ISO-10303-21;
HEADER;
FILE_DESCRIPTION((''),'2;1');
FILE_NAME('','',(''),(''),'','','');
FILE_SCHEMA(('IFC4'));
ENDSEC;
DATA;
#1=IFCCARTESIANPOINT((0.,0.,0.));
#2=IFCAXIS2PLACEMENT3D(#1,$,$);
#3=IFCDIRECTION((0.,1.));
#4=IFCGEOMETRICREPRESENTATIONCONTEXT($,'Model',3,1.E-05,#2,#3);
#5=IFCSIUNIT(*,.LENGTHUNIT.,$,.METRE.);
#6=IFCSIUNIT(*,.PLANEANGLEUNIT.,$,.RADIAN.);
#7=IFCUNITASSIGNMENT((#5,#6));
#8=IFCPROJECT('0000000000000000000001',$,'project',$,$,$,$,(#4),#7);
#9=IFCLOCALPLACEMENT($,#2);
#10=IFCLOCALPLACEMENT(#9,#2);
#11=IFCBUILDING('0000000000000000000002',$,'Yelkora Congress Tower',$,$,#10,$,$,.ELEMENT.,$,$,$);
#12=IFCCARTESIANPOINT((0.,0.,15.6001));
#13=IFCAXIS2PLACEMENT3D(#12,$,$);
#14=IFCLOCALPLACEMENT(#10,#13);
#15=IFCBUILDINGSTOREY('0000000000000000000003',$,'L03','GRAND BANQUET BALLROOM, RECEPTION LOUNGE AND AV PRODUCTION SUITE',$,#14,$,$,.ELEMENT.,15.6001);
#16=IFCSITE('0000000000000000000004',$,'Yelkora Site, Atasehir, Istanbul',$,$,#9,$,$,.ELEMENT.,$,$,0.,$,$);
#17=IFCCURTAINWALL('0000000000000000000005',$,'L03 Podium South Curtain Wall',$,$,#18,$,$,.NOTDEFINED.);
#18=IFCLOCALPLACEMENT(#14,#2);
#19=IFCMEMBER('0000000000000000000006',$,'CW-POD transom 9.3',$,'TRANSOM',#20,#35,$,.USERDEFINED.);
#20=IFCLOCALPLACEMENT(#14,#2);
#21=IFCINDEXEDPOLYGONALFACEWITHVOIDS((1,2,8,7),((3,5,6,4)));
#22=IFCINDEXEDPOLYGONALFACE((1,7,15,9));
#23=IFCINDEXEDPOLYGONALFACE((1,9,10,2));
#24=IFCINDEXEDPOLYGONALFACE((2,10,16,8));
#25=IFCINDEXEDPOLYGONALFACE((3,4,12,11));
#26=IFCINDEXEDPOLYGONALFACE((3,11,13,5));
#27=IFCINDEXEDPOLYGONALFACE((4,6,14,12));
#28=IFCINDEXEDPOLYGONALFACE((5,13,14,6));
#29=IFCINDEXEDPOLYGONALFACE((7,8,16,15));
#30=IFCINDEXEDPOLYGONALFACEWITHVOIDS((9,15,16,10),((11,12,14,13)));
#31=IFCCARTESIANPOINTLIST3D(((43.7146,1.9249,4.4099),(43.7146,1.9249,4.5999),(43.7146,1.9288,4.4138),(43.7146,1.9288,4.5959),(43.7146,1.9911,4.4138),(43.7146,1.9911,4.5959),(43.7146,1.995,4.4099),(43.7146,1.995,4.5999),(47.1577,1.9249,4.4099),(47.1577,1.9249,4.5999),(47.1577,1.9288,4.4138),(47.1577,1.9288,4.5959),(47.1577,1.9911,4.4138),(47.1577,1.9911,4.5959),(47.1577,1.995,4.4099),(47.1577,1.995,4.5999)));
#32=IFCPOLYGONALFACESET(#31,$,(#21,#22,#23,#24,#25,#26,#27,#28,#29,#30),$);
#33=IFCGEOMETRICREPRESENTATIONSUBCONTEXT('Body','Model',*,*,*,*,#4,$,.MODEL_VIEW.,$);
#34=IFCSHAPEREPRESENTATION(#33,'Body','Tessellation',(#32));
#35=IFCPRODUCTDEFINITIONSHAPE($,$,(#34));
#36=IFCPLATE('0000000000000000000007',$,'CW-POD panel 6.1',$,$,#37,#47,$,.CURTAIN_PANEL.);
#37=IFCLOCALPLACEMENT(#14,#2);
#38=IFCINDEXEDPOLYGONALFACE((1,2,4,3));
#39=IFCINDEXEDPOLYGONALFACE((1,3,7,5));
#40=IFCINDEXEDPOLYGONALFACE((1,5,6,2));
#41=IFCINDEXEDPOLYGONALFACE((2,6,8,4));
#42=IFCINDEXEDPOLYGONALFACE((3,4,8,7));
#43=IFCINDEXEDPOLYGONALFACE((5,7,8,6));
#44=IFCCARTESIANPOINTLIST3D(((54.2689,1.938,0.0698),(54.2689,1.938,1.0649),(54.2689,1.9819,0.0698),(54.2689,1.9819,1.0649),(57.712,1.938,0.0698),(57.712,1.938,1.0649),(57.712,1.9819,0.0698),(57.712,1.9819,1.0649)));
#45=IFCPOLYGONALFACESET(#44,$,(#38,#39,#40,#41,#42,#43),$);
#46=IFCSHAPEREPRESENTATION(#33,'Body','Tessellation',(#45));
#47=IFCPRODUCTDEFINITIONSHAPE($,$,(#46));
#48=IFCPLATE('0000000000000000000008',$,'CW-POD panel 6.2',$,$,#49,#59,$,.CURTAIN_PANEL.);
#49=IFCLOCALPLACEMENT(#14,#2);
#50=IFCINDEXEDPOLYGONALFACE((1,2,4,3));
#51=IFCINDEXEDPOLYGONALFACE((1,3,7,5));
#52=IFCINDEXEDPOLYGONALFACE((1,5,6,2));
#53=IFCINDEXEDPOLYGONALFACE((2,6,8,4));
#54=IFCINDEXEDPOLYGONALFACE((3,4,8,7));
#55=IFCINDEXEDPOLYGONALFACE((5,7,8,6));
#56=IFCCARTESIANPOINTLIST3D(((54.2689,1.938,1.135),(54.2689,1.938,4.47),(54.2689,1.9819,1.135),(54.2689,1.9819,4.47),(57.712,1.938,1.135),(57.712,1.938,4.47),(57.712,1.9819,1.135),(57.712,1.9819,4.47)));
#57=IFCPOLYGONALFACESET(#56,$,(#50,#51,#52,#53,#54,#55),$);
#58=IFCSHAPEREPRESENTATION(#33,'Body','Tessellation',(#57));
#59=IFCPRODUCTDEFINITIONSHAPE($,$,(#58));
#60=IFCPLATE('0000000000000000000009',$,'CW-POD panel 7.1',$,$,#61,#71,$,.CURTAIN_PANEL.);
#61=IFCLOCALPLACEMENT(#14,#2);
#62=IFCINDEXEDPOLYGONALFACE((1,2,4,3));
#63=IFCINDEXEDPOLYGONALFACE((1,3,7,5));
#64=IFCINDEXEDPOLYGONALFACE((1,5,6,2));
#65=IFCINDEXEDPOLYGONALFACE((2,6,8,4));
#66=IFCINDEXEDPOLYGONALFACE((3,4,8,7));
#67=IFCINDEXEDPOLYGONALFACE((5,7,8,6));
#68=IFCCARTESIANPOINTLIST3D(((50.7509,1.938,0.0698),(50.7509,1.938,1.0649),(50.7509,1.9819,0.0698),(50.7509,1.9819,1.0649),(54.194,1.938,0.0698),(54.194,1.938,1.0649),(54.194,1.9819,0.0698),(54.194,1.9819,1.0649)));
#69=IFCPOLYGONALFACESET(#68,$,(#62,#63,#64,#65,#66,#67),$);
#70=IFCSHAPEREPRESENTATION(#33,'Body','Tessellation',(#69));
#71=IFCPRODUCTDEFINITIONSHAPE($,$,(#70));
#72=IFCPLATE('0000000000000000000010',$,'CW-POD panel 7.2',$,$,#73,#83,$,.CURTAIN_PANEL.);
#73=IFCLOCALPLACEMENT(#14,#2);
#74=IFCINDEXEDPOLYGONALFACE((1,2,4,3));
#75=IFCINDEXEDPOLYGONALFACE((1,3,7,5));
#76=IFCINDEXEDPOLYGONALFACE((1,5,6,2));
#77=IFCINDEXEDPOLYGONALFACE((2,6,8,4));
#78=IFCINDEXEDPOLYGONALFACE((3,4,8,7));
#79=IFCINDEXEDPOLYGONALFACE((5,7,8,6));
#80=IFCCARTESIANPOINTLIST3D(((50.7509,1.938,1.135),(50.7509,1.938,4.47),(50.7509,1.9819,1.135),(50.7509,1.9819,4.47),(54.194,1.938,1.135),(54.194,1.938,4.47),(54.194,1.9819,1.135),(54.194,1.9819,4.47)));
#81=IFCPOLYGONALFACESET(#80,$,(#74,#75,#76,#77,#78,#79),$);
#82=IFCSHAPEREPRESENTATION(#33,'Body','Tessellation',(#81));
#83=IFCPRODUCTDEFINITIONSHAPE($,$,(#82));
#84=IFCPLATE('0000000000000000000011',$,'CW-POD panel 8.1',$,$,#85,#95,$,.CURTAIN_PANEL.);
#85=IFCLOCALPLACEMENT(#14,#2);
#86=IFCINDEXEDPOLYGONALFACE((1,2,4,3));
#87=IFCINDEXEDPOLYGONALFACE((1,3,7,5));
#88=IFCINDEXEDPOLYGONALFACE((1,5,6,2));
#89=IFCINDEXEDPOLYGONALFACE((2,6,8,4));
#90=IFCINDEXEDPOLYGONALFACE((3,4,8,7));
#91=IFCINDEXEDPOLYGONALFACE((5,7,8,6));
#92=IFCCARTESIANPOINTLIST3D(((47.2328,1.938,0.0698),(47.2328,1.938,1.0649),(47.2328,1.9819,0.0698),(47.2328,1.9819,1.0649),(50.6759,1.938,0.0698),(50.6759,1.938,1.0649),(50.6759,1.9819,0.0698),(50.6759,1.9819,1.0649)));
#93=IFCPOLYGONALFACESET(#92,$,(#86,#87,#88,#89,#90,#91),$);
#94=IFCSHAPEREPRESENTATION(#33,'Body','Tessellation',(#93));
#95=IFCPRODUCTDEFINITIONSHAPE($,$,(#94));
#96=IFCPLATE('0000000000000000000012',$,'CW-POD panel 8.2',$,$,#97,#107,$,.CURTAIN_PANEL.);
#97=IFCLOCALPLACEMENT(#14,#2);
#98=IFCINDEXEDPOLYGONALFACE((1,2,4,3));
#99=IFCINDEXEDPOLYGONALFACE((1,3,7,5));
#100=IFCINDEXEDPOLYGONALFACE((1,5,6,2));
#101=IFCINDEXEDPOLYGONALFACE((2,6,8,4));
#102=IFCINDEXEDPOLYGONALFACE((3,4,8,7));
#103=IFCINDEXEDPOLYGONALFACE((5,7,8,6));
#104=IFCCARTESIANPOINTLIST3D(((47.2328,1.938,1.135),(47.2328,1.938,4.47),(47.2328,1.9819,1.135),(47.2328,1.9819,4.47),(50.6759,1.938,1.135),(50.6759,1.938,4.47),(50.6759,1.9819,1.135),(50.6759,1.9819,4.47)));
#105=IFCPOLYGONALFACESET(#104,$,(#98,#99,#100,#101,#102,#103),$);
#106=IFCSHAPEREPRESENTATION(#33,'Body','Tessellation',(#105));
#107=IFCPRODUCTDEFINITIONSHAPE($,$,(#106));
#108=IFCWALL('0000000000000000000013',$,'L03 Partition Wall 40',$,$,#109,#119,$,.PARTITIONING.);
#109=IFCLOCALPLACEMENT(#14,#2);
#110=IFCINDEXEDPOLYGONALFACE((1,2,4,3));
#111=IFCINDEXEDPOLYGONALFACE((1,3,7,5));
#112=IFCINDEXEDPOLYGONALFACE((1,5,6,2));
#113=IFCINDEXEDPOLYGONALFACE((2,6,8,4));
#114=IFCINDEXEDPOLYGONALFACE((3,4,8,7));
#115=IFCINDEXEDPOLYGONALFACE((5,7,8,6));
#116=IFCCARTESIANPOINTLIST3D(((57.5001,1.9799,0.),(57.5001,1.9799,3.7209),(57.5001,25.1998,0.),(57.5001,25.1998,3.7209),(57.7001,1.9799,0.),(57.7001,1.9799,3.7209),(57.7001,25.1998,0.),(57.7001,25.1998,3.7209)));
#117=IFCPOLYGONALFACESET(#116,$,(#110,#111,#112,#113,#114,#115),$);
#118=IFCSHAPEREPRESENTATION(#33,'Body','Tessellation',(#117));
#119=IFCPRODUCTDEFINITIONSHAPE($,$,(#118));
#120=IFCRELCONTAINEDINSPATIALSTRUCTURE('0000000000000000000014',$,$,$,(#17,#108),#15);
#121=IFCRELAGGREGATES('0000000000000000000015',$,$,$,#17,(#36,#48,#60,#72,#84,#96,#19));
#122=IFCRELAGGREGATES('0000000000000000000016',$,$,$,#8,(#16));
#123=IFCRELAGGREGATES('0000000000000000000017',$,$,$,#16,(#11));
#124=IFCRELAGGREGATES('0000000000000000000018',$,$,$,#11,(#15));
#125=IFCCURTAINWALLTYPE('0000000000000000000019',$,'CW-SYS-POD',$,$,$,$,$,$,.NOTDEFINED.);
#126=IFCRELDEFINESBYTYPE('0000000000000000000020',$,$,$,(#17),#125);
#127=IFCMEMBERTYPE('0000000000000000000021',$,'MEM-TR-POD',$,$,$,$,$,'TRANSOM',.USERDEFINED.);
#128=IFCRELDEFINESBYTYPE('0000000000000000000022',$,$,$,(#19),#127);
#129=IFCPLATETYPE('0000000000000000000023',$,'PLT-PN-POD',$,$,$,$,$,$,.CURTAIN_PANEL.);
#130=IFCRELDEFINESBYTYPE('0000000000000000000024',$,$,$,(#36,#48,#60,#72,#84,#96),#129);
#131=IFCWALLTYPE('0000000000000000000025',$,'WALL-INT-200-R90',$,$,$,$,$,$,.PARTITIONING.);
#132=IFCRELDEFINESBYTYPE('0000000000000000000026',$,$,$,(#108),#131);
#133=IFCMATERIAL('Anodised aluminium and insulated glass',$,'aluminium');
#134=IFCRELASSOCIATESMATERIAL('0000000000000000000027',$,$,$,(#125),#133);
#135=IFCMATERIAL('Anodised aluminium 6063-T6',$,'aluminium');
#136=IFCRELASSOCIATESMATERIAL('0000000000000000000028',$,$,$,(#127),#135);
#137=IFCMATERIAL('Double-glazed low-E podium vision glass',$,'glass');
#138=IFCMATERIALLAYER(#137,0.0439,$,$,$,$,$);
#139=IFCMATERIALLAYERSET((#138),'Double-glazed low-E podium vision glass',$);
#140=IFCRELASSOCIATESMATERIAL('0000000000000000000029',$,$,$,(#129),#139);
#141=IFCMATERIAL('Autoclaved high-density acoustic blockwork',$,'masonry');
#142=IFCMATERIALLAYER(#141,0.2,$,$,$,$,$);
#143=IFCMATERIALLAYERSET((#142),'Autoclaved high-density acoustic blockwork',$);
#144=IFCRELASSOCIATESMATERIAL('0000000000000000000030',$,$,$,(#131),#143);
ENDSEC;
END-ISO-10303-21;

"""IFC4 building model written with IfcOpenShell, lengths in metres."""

from ifc_helpers import new_model, si_unit, direction, frame, frame_2d, origin, origin_2d, place, context, subcontext, project, spatial, rectangle, hollow_rectangle, extrude, material, layer, layer_set, material_profile, profile_set, type_object, element, aggregate, save


model = new_model("IFC4")

# Units and contexts
model_context = context("Model", 3, precision=1e-05, world=origin(), true_north=direction((0.0, 1.0)))
body_context = subcontext(model_context, "Body", "Model", "MODEL_VIEW")
ifc_project = project(units=[si_unit("LENGTHUNIT", "METRE"), si_unit("PLANEANGLEUNIT", "RADIAN")], contexts=[model_context])

# Site, building, storey
site_placement = place(None, origin())
site = spatial("IfcSite", under=ifc_project, at=site_placement, Name="Yelkora Site, Atasehir, Istanbul", CompositionType="ELEMENT", RefElevation=0.0)
building_placement = place(site_placement, origin())
building = spatial("IfcBuilding", under=site, at=building_placement, Name="Yelkora Congress Tower", CompositionType="ELEMENT")
storey_placement = place(building_placement, frame((0.0, 0.0, 15.6001)))
storey = spatial("IfcBuildingStorey", under=building, at=storey_placement, Name="L03", Description="GRAND BANQUET BALLROOM, RECEPTION LOUNGE AND AV PRODUCTION SUITE", CompositionType="ELEMENT", Elevation=15.6001)

# Curtain wall, member, plates
ifc_material_1 = material(Name="Anodised aluminium and insulated glass", Category="aluminium")
curtain_wall_type = type_object("IfcCurtainWallType", Name="CW-SYS-POD", PredefinedType="NOTDEFINED", material=ifc_material_1)
curtain_wall_placement = place(storey_placement, origin())
curtain_wall = element("IfcCurtainWall", 1, at=curtain_wall_placement, inside=storey, type_object=curtain_wall_type, Name="L03 Podium South Curtain Wall", PredefinedType="NOTDEFINED")
ifc_material_2 = material(Name="Anodised aluminium 6063-T6", Category="aluminium")
ifc_material_profile_1 = material_profile(ifc_material_2, hollow_rectangle(XDim=0.0701, YDim=0.1899, WallThickness=0.0039, at=origin_2d()), Name="ALU 70x190x4")
ifc_profile_set_1 = profile_set([ifc_material_profile_1], Name="Anodised aluminium 6063-T6")
member_type_1 = type_object("IfcMemberType", Name="MEM-TR-POD", ElementType="TRANSOM", PredefinedType="USERDEFINED", material=ifc_profile_set_1)
member_1_placement = place(storey_placement, frame((47.1577, 1.96, 4.5049), z_axis=(-1.0, 0.0, 0.0), x_axis=(0.0, -1.0, 0.0)))
member_1 = element("IfcMember", 2, at=member_1_placement, type_object=member_type_1, Name="CW-POD transom 9.3", ObjectType="TRANSOM", PredefinedType="USERDEFINED", context=body_context, shape_type="SweptSolid", body=[
    extrude(hollow_rectangle(XDim=0.0701, YDim=0.1899, WallThickness=0.0039, at=origin_2d()), origin(), (0.0, 0.0, 1.0), 3.4431),
])
ifc_material_3 = material(Name="Double-glazed low-E podium vision glass", Category="glass")
ifc_layer_1 = layer(ifc_material_3, 0.0439)
ifc_layer_set_1 = layer_set([ifc_layer_1], Name="Double-glazed low-E podium vision glass")
plate_type = type_object("IfcPlateType", Name="PLT-PN-POD", PredefinedType="CURTAIN_PANEL", material=ifc_layer_set_1)
plate_1_placement = place(storey_placement, frame((55.9905, 1.96, 0.0698), z_axis=(0.0, 0.0, 1.0), x_axis=(-1.0, 0.0, 0.0)))
plate_1 = element("IfcPlate", 3, at=plate_1_placement, type_object=plate_type, Name="CW-POD panel 6.1", PredefinedType="CURTAIN_PANEL", context=body_context, shape_type="SweptSolid", body=[
    extrude(rectangle(XDim=3.4431, YDim=0.0439, at=origin_2d()), origin(), (0.0, 0.0, 1.0), 0.9951),
])
plate_2_placement = place(storey_placement, frame((55.9905, 1.96, 1.135), z_axis=(0.0, 0.0, 1.0), x_axis=(-1.0, 0.0, 0.0)))
plate_2 = element("IfcPlate", 4, at=plate_2_placement, type_object=plate_type, Name="CW-POD panel 6.2", PredefinedType="CURTAIN_PANEL", context=body_context, shape_type="SweptSolid", body=[
    extrude(rectangle(XDim=3.4431, YDim=0.0439, at=origin_2d()), origin(), (0.0, 0.0, 1.0), 3.335),
])
plate_3_placement = place(storey_placement, frame((52.4724, 1.96, 0.0698), z_axis=(0.0, 0.0, 1.0), x_axis=(-1.0, 0.0, 0.0)))
plate_3 = element("IfcPlate", 5, at=plate_3_placement, type_object=plate_type, Name="CW-POD panel 7.1", PredefinedType="CURTAIN_PANEL", context=body_context, shape_type="SweptSolid", body=[
    extrude(rectangle(XDim=3.4431, YDim=0.0439, at=origin_2d()), origin(), (0.0, 0.0, 1.0), 0.9951),
])
plate_4_placement = place(storey_placement, frame((52.4724, 1.96, 1.135), z_axis=(0.0, 0.0, 1.0), x_axis=(-1.0, 0.0, 0.0)))
plate_4 = element("IfcPlate", 6, at=plate_4_placement, type_object=plate_type, Name="CW-POD panel 7.2", PredefinedType="CURTAIN_PANEL", context=body_context, shape_type="SweptSolid", body=[
    extrude(rectangle(XDim=3.4431, YDim=0.0439, at=origin_2d()), origin(), (0.0, 0.0, 1.0), 3.335),
])
plate_5_placement = place(storey_placement, frame((48.9543, 1.96, 0.0698), z_axis=(0.0, 0.0, 1.0), x_axis=(-1.0, 0.0, 0.0)))
plate_5 = element("IfcPlate", 7, at=plate_5_placement, type_object=plate_type, Name="CW-POD panel 8.1", PredefinedType="CURTAIN_PANEL", context=body_context, shape_type="SweptSolid", body=[
    extrude(rectangle(XDim=3.4431, YDim=0.0439, at=origin_2d()), origin(), (0.0, 0.0, 1.0), 0.9951),
])
plate_6_placement = place(storey_placement, frame((48.9543, 1.96, 1.135), z_axis=(0.0, 0.0, 1.0), x_axis=(-1.0, 0.0, 0.0)))
plate_6 = element("IfcPlate", 8, at=plate_6_placement, type_object=plate_type, Name="CW-POD panel 8.2", PredefinedType="CURTAIN_PANEL", context=body_context, shape_type="SweptSolid", body=[
    extrude(rectangle(XDim=3.4431, YDim=0.0439, at=origin_2d()), origin(), (0.0, 0.0, 1.0), 3.335),
])
aggregate(curtain_wall, [plate_1, plate_2, plate_3, plate_4, plate_5, plate_6, member_1])

# Wall
ifc_material_4 = material(Name="Autoclaved high-density acoustic blockwork", Category="masonry")
ifc_layer_2 = layer(ifc_material_4, 0.2)
ifc_layer_set_2 = layer_set([ifc_layer_2], Name="Autoclaved high-density acoustic blockwork")
wall_type = type_object("IfcWallType", Name="WALL-INT-200-R90", PredefinedType="PARTITIONING", material=ifc_layer_set_2)
wall_placement = place(storey_placement, frame((57.6001, 1.98, 0.0), z_axis=(0.0, 0.0, 1.0), x_axis=(0.0, 1.0, 0.0)))
element("IfcWall", 9, at=wall_placement, inside=storey, type_object=wall_type, Name="L03 Partition Wall 40", PredefinedType="PARTITIONING", context=body_context, shape_type="SweptSolid", body=[
    extrude(rectangle(XDim=23.22, YDim=0.2, at=frame_2d((11.6099, 0.0))), origin(), (0.0, 0.0, 1.0), 3.7209),
])

save(model, "model.ifc")
